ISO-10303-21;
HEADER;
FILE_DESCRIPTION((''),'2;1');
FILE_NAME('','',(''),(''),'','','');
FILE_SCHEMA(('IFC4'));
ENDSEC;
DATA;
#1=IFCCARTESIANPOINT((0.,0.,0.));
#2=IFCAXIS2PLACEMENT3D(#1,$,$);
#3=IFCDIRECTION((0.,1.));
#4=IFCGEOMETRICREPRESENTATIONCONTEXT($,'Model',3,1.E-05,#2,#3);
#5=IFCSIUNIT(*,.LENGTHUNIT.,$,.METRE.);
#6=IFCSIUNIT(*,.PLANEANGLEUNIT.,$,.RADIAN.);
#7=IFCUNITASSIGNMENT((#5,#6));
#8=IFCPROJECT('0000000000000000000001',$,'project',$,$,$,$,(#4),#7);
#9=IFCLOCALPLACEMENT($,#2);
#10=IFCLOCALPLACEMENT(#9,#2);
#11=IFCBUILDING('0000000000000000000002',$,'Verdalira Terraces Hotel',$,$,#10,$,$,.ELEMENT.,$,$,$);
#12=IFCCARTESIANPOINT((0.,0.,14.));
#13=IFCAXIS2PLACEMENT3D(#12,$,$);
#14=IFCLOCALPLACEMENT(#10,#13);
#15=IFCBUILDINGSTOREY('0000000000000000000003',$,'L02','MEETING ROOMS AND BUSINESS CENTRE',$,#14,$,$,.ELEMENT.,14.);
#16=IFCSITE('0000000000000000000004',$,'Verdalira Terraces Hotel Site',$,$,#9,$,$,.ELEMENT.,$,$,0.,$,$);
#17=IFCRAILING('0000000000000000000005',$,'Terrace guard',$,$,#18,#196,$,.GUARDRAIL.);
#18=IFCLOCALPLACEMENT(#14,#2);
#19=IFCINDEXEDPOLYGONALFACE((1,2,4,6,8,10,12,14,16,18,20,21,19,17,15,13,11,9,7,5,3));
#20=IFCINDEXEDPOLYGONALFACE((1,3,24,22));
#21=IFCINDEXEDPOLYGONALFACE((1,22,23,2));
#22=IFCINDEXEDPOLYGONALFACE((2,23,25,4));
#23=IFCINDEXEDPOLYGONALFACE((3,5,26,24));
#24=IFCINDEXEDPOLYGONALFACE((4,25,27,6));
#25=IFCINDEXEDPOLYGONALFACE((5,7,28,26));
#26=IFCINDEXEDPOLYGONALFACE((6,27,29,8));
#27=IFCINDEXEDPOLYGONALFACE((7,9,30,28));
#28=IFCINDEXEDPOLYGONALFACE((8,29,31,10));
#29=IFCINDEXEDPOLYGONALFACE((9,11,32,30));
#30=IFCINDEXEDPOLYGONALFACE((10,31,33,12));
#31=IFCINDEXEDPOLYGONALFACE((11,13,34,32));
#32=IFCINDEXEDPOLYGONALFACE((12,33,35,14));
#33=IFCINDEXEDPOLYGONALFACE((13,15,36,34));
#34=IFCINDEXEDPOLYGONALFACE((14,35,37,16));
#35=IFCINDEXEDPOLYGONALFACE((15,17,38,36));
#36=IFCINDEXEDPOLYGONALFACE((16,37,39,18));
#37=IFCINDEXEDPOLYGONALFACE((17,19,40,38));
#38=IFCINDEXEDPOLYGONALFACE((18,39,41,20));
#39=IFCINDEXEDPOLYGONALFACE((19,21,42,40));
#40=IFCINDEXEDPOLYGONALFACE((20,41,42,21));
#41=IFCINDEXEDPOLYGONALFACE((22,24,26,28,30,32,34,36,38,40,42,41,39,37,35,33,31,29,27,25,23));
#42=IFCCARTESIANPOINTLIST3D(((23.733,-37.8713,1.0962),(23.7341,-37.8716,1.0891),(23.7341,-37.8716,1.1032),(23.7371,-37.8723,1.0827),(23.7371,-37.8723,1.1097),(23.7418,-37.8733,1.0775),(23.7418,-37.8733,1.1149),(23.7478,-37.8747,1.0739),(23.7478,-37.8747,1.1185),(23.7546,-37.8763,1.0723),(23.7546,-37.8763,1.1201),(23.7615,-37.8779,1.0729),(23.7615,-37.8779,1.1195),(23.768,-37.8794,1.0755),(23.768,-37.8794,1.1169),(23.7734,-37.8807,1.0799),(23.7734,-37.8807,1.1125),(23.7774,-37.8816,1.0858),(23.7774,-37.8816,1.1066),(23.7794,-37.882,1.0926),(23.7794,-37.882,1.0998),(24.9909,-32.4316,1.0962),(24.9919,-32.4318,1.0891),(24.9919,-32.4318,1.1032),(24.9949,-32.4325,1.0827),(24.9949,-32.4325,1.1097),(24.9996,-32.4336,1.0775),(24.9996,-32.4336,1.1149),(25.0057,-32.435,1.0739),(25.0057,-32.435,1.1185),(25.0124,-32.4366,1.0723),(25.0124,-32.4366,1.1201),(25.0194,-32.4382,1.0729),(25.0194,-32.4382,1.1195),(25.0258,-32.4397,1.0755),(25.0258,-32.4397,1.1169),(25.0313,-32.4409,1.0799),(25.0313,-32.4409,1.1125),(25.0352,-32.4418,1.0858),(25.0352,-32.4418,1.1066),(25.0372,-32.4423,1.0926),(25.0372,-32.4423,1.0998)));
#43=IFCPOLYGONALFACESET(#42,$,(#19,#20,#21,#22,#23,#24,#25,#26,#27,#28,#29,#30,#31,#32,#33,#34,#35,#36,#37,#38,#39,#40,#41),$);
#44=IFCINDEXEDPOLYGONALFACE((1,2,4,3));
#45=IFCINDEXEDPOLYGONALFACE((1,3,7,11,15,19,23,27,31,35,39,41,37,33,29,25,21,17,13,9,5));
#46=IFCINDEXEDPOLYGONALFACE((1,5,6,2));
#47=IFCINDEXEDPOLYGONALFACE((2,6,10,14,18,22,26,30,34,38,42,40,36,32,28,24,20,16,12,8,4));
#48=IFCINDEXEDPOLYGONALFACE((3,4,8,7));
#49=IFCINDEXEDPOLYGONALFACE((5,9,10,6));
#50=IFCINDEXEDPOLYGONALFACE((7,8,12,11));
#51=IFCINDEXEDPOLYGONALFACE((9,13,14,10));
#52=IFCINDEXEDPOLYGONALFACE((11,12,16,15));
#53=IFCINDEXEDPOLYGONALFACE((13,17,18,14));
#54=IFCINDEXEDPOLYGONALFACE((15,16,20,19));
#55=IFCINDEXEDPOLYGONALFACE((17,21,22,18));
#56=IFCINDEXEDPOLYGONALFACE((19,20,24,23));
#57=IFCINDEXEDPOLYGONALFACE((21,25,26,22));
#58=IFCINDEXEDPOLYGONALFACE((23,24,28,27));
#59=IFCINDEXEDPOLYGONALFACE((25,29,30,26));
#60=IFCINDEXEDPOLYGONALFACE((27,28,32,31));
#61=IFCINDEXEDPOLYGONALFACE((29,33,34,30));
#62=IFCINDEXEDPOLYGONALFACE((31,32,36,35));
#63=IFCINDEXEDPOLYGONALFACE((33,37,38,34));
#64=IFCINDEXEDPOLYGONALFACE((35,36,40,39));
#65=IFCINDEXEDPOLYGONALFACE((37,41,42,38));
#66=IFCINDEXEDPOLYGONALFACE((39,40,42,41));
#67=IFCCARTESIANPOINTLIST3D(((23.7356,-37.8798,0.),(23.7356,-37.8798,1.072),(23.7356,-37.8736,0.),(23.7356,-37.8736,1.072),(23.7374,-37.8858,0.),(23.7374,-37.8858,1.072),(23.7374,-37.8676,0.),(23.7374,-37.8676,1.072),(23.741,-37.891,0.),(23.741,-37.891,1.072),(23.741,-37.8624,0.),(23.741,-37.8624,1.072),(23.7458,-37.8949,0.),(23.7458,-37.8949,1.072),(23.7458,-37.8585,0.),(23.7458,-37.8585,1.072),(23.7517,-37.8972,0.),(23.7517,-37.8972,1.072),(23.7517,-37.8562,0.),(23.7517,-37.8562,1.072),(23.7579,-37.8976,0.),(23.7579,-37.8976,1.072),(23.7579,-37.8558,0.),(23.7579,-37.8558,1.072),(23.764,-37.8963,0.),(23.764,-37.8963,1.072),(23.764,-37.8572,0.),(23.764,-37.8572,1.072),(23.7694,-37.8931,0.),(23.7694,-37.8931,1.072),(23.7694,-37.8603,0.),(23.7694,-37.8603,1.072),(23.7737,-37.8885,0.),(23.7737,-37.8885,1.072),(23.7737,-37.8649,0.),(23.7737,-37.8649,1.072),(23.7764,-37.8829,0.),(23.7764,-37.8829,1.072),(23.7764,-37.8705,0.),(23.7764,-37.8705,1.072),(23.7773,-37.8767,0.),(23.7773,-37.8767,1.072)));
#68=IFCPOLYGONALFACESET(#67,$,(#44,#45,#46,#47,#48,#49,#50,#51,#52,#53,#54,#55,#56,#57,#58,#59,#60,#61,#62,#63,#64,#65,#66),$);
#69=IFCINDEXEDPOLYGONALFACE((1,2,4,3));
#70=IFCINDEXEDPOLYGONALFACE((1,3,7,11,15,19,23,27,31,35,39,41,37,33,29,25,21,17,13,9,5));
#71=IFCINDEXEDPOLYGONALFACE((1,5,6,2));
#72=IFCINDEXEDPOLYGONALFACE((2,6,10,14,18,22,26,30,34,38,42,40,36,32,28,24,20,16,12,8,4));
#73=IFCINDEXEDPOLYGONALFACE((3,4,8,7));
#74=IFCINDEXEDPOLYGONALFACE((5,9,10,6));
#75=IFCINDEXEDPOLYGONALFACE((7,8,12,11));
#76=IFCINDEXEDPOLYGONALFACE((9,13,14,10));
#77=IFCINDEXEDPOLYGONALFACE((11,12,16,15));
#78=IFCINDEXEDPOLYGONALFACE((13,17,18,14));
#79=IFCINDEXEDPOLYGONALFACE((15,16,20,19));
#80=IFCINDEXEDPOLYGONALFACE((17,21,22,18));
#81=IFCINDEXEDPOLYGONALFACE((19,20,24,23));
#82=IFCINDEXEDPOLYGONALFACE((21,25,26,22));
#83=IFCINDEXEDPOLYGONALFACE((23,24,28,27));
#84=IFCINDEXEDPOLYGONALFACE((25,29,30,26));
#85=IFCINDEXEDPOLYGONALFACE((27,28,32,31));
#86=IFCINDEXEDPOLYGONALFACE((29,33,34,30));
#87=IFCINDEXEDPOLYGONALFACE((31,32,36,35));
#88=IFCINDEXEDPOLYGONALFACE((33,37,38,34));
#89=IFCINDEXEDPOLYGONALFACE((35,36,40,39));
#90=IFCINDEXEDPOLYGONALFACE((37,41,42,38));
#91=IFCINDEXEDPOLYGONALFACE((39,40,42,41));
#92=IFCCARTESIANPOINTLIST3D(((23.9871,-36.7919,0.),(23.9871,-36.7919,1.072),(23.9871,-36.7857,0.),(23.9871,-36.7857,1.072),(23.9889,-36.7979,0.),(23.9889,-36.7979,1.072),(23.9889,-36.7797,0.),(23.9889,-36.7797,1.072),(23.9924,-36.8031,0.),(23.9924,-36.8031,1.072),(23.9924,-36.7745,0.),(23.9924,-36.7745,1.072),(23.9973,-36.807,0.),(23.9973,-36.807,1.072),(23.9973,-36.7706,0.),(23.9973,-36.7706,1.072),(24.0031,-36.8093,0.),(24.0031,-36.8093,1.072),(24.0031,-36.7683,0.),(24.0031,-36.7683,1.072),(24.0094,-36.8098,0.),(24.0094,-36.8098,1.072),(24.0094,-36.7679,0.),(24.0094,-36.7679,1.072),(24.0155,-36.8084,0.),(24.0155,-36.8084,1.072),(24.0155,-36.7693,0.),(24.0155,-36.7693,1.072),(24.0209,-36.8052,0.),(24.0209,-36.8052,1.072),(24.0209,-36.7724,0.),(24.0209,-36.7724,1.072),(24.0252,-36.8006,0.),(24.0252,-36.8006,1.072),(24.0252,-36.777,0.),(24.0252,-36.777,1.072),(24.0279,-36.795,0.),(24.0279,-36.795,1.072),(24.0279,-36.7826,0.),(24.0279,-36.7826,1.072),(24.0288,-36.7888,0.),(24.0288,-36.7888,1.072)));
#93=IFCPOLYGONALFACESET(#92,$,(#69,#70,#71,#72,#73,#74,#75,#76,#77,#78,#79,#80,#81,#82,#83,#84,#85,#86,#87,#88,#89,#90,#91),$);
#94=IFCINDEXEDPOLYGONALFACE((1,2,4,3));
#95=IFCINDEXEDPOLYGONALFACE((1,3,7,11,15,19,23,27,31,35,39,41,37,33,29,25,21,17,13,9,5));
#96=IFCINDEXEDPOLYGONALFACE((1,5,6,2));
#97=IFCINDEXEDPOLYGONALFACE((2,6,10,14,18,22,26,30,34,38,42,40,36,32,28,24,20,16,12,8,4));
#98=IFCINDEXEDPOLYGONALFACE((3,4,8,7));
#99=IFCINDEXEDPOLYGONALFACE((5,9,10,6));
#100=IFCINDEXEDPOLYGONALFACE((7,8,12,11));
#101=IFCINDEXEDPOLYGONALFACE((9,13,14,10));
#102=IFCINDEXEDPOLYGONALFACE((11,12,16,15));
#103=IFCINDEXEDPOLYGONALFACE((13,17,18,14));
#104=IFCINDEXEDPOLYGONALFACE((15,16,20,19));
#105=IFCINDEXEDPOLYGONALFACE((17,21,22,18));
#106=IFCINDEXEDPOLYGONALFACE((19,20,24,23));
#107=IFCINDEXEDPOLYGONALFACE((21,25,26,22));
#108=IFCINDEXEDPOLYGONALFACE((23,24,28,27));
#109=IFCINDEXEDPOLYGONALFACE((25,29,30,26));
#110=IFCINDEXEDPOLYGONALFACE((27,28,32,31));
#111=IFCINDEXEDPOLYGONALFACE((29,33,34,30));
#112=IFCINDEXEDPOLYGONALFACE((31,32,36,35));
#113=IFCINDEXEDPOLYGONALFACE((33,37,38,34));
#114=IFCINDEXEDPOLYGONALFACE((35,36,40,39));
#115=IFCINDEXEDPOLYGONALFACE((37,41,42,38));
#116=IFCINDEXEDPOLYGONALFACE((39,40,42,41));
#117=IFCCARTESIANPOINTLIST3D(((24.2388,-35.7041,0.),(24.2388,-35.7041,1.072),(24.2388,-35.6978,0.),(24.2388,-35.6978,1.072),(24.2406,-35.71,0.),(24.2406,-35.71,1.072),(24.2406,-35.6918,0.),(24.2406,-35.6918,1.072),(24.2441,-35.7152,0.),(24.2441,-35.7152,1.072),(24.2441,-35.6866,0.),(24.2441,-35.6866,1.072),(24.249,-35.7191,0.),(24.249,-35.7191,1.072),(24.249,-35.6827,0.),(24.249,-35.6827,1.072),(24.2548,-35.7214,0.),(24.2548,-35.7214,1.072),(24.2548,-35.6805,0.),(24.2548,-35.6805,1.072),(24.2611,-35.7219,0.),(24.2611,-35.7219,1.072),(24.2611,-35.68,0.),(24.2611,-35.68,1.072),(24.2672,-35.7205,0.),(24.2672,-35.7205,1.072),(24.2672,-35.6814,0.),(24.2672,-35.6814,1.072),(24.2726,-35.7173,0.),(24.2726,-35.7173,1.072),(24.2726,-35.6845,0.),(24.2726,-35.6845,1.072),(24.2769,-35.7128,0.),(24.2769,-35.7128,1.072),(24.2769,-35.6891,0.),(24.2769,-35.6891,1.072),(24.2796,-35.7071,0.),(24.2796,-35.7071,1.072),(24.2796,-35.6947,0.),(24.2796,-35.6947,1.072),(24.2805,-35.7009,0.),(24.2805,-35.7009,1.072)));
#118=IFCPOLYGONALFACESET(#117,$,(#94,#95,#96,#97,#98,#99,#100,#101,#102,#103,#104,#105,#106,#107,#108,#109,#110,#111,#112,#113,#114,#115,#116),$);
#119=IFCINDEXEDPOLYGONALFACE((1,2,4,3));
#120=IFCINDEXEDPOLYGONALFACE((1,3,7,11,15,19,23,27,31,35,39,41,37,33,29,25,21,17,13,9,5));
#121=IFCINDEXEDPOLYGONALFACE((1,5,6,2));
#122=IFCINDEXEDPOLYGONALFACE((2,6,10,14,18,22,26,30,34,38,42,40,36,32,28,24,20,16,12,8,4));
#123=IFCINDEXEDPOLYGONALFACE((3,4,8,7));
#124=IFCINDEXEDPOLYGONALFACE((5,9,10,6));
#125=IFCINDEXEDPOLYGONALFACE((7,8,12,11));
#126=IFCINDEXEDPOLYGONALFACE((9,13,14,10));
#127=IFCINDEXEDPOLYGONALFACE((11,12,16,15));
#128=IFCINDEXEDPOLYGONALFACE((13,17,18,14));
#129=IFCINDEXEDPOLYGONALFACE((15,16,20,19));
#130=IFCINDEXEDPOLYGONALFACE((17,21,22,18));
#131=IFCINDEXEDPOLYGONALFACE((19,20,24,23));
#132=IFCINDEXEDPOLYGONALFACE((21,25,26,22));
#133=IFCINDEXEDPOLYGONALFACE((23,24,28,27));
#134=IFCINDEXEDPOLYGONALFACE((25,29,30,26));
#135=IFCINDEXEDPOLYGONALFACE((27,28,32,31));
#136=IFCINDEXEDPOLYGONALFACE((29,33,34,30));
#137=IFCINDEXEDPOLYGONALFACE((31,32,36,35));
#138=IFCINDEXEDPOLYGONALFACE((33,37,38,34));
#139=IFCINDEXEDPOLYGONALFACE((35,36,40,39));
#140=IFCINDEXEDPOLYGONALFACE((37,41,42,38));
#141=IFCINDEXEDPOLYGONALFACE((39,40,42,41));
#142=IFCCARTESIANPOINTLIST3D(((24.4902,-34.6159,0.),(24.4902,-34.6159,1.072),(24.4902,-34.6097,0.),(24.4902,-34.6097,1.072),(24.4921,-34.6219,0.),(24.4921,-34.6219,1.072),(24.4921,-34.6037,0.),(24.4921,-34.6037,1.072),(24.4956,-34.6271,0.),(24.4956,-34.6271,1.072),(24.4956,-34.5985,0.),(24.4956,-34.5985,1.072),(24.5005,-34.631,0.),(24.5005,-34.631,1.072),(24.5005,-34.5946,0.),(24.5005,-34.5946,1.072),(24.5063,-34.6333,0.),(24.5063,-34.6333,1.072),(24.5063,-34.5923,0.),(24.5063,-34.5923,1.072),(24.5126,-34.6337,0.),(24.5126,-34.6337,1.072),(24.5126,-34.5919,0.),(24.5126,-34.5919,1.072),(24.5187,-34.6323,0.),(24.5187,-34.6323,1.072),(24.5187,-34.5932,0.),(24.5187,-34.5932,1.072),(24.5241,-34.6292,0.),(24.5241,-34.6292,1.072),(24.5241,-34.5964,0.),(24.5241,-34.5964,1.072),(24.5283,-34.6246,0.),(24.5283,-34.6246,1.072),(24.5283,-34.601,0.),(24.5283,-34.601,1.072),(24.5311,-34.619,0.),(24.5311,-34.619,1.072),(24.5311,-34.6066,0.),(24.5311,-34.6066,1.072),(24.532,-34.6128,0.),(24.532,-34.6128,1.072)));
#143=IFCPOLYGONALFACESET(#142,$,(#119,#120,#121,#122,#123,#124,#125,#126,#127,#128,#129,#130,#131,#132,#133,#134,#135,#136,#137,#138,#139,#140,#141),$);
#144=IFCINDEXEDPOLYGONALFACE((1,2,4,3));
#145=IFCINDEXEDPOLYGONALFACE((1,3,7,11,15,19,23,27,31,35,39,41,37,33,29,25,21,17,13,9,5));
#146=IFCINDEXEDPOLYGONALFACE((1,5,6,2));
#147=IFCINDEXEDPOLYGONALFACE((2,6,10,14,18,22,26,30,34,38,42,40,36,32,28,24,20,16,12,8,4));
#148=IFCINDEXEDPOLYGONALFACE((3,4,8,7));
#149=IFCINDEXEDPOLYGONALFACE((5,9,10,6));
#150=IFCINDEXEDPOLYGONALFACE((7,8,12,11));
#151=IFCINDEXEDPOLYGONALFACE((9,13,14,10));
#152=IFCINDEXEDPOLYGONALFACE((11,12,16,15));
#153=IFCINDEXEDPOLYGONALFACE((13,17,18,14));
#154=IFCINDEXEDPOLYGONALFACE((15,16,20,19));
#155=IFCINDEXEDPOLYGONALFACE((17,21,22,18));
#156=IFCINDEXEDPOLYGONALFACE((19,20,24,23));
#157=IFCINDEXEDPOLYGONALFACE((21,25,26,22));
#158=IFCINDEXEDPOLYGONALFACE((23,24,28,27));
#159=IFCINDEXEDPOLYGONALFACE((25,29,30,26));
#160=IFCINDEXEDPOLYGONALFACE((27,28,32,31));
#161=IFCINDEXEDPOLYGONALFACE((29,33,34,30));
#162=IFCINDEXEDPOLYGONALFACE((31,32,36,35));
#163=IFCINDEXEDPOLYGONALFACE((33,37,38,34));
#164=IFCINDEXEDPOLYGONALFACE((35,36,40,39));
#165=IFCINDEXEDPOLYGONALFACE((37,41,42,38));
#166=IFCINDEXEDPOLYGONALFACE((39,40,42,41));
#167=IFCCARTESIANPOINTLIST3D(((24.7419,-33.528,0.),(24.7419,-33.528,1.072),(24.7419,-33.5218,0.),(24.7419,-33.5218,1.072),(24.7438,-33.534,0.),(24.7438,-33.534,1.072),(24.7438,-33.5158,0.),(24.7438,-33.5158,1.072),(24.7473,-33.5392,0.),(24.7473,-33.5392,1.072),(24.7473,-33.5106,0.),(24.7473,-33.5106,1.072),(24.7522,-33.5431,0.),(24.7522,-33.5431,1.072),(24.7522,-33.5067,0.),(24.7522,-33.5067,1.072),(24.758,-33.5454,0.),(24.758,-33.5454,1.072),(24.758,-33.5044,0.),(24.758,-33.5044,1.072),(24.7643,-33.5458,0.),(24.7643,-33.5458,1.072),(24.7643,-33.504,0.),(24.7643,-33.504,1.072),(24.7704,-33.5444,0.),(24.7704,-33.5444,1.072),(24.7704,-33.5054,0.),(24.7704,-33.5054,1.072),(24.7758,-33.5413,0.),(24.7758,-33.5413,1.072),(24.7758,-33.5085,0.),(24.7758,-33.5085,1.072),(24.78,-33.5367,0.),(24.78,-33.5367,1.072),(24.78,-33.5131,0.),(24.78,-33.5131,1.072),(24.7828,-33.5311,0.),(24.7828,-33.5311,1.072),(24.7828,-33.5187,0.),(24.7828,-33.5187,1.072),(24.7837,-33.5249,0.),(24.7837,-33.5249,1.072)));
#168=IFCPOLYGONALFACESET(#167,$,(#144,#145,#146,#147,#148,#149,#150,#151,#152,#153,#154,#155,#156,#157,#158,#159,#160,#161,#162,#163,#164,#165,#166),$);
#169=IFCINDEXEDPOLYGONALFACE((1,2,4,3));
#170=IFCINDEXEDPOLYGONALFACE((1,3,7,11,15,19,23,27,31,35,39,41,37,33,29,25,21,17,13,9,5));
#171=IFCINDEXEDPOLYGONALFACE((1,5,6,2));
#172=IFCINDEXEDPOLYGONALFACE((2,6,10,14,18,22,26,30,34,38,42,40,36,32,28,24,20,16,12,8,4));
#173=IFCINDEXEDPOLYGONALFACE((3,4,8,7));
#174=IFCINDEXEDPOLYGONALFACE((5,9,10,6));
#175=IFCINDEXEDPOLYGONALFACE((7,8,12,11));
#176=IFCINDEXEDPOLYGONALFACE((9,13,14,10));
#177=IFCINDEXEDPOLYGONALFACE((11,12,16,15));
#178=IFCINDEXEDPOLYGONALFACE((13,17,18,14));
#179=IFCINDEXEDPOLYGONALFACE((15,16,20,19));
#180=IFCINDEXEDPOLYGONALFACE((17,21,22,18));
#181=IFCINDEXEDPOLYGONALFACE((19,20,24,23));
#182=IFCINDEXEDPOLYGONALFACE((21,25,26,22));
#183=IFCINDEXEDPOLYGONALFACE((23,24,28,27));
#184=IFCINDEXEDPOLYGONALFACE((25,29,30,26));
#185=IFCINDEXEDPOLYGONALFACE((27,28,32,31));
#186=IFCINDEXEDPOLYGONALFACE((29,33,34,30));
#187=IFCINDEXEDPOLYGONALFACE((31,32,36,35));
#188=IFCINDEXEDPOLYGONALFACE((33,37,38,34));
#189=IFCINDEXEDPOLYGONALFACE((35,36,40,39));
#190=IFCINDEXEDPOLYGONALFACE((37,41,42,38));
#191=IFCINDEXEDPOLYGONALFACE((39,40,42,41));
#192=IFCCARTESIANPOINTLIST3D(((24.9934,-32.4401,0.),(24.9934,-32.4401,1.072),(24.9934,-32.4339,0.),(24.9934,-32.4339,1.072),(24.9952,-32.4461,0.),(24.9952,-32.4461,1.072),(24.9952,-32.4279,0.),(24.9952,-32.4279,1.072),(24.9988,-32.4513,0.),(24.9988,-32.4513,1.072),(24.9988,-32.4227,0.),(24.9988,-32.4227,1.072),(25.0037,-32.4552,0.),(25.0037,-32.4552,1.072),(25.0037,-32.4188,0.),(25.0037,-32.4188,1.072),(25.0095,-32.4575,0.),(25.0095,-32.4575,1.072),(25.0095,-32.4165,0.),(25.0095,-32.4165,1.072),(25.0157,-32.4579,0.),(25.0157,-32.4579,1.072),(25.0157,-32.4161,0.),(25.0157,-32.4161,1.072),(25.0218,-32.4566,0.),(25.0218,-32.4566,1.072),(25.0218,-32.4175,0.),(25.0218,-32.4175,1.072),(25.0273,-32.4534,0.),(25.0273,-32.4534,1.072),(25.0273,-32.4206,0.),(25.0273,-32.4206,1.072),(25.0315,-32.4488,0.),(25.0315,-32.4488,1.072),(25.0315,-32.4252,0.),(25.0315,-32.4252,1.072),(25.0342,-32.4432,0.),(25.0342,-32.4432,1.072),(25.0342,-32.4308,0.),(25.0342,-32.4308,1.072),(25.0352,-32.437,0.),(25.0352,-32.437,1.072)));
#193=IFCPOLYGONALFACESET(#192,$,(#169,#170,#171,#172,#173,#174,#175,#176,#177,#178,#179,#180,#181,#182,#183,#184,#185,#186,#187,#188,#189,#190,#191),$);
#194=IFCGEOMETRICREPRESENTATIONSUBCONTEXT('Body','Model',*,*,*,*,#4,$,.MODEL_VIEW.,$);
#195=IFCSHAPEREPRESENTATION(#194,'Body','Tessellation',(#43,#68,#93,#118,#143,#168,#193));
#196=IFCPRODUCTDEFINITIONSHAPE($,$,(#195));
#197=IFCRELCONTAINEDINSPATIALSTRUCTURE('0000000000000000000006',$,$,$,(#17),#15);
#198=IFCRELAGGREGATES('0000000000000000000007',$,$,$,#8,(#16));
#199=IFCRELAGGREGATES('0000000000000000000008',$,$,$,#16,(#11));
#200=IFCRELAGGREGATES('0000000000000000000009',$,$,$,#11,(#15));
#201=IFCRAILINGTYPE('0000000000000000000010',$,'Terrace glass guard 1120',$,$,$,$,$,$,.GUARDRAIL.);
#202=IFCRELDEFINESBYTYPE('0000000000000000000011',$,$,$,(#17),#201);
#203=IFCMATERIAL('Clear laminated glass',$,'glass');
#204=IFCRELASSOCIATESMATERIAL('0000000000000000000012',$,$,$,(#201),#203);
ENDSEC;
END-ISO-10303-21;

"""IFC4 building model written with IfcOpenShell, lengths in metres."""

from ifc_helpers import new_model, si_unit, direction, frame, origin, origin_2d, place, context, subcontext, project, spatial, circle, extrude, material, type_object, element, save


model = new_model("IFC4")

# Units and contexts
model_context = context("Model", 3, precision=1e-05, world=origin(), true_north=direction((0.0, 1.0)))
body_context = subcontext(model_context, "Body", "Model", "MODEL_VIEW")
ifc_project = project(units=[si_unit("LENGTHUNIT", "METRE"), si_unit("PLANEANGLEUNIT", "RADIAN")], contexts=[model_context])

# Site, building, storey
site_placement = place(None, origin())
site = spatial("IfcSite", under=ifc_project, at=site_placement, Name="Verdalira Terraces Hotel Site", CompositionType="ELEMENT", RefElevation=0.0)
building_placement = place(site_placement, origin())
building = spatial("IfcBuilding", under=site, at=building_placement, Name="Verdalira Terraces Hotel", CompositionType="ELEMENT")
storey_placement = place(building_placement, frame((0.0, 0.0, 14.0)))
storey = spatial("IfcBuildingStorey", under=building, at=storey_placement, Name="L02", Description="MEETING ROOMS AND BUSINESS CENTRE", CompositionType="ELEMENT", Elevation=14.0)

# Railing
ifc_material_1 = material(Name="Clear laminated glass", Category="glass")
railing_type = type_object("IfcRailingType", Name="Terrace glass guard 1120", PredefinedType="GUARDRAIL", material=ifc_material_1)
railing_1_placement = place(storey_placement, frame((23.7563, -37.8767, 0.0)))
element("IfcRailing", 1, at=railing_1_placement, inside=storey, type_object=railing_type, Name="Terrace guard", PredefinedType="GUARDRAIL", context=body_context, shape_type="SweptSolid", body=[
    extrude(circle(Radius=0.0239, at=origin_2d()), frame((0.0, 0.0, 1.0962), z_axis=(0.225284, 0.974293, 0.0), x_axis=(-0.974293, 0.225284, 0.0)), (0.0, 0.0, 1.0), 5.5833),
    extrude(circle(Radius=0.021, at=origin_2d()), origin(), (0.0, 0.0, 1.0), 1.072),
    extrude(circle(Radius=0.021, at=origin_2d()), frame((0.2515, 1.0879, 0.0)), (0.0, 0.0, 1.0), 1.072),
    extrude(circle(Radius=0.021, at=origin_2d()), frame((0.5032, 2.1758, 0.0)), (0.0, 0.0, 1.0), 1.072),
    extrude(circle(Radius=0.021, at=origin_2d()), frame((0.7546, 3.2639, 0.0)), (0.0, 0.0, 1.0), 1.072),
    extrude(circle(Radius=0.021, at=origin_2d()), frame((1.0063, 4.3518, 0.0)), (0.0, 0.0, 1.0), 1.072),
    extrude(circle(Radius=0.021, at=origin_2d()), frame((1.2578, 5.4397, 0.0)), (0.0, 0.0, 1.0), 1.072),
])

save(model, "model.ifc")
